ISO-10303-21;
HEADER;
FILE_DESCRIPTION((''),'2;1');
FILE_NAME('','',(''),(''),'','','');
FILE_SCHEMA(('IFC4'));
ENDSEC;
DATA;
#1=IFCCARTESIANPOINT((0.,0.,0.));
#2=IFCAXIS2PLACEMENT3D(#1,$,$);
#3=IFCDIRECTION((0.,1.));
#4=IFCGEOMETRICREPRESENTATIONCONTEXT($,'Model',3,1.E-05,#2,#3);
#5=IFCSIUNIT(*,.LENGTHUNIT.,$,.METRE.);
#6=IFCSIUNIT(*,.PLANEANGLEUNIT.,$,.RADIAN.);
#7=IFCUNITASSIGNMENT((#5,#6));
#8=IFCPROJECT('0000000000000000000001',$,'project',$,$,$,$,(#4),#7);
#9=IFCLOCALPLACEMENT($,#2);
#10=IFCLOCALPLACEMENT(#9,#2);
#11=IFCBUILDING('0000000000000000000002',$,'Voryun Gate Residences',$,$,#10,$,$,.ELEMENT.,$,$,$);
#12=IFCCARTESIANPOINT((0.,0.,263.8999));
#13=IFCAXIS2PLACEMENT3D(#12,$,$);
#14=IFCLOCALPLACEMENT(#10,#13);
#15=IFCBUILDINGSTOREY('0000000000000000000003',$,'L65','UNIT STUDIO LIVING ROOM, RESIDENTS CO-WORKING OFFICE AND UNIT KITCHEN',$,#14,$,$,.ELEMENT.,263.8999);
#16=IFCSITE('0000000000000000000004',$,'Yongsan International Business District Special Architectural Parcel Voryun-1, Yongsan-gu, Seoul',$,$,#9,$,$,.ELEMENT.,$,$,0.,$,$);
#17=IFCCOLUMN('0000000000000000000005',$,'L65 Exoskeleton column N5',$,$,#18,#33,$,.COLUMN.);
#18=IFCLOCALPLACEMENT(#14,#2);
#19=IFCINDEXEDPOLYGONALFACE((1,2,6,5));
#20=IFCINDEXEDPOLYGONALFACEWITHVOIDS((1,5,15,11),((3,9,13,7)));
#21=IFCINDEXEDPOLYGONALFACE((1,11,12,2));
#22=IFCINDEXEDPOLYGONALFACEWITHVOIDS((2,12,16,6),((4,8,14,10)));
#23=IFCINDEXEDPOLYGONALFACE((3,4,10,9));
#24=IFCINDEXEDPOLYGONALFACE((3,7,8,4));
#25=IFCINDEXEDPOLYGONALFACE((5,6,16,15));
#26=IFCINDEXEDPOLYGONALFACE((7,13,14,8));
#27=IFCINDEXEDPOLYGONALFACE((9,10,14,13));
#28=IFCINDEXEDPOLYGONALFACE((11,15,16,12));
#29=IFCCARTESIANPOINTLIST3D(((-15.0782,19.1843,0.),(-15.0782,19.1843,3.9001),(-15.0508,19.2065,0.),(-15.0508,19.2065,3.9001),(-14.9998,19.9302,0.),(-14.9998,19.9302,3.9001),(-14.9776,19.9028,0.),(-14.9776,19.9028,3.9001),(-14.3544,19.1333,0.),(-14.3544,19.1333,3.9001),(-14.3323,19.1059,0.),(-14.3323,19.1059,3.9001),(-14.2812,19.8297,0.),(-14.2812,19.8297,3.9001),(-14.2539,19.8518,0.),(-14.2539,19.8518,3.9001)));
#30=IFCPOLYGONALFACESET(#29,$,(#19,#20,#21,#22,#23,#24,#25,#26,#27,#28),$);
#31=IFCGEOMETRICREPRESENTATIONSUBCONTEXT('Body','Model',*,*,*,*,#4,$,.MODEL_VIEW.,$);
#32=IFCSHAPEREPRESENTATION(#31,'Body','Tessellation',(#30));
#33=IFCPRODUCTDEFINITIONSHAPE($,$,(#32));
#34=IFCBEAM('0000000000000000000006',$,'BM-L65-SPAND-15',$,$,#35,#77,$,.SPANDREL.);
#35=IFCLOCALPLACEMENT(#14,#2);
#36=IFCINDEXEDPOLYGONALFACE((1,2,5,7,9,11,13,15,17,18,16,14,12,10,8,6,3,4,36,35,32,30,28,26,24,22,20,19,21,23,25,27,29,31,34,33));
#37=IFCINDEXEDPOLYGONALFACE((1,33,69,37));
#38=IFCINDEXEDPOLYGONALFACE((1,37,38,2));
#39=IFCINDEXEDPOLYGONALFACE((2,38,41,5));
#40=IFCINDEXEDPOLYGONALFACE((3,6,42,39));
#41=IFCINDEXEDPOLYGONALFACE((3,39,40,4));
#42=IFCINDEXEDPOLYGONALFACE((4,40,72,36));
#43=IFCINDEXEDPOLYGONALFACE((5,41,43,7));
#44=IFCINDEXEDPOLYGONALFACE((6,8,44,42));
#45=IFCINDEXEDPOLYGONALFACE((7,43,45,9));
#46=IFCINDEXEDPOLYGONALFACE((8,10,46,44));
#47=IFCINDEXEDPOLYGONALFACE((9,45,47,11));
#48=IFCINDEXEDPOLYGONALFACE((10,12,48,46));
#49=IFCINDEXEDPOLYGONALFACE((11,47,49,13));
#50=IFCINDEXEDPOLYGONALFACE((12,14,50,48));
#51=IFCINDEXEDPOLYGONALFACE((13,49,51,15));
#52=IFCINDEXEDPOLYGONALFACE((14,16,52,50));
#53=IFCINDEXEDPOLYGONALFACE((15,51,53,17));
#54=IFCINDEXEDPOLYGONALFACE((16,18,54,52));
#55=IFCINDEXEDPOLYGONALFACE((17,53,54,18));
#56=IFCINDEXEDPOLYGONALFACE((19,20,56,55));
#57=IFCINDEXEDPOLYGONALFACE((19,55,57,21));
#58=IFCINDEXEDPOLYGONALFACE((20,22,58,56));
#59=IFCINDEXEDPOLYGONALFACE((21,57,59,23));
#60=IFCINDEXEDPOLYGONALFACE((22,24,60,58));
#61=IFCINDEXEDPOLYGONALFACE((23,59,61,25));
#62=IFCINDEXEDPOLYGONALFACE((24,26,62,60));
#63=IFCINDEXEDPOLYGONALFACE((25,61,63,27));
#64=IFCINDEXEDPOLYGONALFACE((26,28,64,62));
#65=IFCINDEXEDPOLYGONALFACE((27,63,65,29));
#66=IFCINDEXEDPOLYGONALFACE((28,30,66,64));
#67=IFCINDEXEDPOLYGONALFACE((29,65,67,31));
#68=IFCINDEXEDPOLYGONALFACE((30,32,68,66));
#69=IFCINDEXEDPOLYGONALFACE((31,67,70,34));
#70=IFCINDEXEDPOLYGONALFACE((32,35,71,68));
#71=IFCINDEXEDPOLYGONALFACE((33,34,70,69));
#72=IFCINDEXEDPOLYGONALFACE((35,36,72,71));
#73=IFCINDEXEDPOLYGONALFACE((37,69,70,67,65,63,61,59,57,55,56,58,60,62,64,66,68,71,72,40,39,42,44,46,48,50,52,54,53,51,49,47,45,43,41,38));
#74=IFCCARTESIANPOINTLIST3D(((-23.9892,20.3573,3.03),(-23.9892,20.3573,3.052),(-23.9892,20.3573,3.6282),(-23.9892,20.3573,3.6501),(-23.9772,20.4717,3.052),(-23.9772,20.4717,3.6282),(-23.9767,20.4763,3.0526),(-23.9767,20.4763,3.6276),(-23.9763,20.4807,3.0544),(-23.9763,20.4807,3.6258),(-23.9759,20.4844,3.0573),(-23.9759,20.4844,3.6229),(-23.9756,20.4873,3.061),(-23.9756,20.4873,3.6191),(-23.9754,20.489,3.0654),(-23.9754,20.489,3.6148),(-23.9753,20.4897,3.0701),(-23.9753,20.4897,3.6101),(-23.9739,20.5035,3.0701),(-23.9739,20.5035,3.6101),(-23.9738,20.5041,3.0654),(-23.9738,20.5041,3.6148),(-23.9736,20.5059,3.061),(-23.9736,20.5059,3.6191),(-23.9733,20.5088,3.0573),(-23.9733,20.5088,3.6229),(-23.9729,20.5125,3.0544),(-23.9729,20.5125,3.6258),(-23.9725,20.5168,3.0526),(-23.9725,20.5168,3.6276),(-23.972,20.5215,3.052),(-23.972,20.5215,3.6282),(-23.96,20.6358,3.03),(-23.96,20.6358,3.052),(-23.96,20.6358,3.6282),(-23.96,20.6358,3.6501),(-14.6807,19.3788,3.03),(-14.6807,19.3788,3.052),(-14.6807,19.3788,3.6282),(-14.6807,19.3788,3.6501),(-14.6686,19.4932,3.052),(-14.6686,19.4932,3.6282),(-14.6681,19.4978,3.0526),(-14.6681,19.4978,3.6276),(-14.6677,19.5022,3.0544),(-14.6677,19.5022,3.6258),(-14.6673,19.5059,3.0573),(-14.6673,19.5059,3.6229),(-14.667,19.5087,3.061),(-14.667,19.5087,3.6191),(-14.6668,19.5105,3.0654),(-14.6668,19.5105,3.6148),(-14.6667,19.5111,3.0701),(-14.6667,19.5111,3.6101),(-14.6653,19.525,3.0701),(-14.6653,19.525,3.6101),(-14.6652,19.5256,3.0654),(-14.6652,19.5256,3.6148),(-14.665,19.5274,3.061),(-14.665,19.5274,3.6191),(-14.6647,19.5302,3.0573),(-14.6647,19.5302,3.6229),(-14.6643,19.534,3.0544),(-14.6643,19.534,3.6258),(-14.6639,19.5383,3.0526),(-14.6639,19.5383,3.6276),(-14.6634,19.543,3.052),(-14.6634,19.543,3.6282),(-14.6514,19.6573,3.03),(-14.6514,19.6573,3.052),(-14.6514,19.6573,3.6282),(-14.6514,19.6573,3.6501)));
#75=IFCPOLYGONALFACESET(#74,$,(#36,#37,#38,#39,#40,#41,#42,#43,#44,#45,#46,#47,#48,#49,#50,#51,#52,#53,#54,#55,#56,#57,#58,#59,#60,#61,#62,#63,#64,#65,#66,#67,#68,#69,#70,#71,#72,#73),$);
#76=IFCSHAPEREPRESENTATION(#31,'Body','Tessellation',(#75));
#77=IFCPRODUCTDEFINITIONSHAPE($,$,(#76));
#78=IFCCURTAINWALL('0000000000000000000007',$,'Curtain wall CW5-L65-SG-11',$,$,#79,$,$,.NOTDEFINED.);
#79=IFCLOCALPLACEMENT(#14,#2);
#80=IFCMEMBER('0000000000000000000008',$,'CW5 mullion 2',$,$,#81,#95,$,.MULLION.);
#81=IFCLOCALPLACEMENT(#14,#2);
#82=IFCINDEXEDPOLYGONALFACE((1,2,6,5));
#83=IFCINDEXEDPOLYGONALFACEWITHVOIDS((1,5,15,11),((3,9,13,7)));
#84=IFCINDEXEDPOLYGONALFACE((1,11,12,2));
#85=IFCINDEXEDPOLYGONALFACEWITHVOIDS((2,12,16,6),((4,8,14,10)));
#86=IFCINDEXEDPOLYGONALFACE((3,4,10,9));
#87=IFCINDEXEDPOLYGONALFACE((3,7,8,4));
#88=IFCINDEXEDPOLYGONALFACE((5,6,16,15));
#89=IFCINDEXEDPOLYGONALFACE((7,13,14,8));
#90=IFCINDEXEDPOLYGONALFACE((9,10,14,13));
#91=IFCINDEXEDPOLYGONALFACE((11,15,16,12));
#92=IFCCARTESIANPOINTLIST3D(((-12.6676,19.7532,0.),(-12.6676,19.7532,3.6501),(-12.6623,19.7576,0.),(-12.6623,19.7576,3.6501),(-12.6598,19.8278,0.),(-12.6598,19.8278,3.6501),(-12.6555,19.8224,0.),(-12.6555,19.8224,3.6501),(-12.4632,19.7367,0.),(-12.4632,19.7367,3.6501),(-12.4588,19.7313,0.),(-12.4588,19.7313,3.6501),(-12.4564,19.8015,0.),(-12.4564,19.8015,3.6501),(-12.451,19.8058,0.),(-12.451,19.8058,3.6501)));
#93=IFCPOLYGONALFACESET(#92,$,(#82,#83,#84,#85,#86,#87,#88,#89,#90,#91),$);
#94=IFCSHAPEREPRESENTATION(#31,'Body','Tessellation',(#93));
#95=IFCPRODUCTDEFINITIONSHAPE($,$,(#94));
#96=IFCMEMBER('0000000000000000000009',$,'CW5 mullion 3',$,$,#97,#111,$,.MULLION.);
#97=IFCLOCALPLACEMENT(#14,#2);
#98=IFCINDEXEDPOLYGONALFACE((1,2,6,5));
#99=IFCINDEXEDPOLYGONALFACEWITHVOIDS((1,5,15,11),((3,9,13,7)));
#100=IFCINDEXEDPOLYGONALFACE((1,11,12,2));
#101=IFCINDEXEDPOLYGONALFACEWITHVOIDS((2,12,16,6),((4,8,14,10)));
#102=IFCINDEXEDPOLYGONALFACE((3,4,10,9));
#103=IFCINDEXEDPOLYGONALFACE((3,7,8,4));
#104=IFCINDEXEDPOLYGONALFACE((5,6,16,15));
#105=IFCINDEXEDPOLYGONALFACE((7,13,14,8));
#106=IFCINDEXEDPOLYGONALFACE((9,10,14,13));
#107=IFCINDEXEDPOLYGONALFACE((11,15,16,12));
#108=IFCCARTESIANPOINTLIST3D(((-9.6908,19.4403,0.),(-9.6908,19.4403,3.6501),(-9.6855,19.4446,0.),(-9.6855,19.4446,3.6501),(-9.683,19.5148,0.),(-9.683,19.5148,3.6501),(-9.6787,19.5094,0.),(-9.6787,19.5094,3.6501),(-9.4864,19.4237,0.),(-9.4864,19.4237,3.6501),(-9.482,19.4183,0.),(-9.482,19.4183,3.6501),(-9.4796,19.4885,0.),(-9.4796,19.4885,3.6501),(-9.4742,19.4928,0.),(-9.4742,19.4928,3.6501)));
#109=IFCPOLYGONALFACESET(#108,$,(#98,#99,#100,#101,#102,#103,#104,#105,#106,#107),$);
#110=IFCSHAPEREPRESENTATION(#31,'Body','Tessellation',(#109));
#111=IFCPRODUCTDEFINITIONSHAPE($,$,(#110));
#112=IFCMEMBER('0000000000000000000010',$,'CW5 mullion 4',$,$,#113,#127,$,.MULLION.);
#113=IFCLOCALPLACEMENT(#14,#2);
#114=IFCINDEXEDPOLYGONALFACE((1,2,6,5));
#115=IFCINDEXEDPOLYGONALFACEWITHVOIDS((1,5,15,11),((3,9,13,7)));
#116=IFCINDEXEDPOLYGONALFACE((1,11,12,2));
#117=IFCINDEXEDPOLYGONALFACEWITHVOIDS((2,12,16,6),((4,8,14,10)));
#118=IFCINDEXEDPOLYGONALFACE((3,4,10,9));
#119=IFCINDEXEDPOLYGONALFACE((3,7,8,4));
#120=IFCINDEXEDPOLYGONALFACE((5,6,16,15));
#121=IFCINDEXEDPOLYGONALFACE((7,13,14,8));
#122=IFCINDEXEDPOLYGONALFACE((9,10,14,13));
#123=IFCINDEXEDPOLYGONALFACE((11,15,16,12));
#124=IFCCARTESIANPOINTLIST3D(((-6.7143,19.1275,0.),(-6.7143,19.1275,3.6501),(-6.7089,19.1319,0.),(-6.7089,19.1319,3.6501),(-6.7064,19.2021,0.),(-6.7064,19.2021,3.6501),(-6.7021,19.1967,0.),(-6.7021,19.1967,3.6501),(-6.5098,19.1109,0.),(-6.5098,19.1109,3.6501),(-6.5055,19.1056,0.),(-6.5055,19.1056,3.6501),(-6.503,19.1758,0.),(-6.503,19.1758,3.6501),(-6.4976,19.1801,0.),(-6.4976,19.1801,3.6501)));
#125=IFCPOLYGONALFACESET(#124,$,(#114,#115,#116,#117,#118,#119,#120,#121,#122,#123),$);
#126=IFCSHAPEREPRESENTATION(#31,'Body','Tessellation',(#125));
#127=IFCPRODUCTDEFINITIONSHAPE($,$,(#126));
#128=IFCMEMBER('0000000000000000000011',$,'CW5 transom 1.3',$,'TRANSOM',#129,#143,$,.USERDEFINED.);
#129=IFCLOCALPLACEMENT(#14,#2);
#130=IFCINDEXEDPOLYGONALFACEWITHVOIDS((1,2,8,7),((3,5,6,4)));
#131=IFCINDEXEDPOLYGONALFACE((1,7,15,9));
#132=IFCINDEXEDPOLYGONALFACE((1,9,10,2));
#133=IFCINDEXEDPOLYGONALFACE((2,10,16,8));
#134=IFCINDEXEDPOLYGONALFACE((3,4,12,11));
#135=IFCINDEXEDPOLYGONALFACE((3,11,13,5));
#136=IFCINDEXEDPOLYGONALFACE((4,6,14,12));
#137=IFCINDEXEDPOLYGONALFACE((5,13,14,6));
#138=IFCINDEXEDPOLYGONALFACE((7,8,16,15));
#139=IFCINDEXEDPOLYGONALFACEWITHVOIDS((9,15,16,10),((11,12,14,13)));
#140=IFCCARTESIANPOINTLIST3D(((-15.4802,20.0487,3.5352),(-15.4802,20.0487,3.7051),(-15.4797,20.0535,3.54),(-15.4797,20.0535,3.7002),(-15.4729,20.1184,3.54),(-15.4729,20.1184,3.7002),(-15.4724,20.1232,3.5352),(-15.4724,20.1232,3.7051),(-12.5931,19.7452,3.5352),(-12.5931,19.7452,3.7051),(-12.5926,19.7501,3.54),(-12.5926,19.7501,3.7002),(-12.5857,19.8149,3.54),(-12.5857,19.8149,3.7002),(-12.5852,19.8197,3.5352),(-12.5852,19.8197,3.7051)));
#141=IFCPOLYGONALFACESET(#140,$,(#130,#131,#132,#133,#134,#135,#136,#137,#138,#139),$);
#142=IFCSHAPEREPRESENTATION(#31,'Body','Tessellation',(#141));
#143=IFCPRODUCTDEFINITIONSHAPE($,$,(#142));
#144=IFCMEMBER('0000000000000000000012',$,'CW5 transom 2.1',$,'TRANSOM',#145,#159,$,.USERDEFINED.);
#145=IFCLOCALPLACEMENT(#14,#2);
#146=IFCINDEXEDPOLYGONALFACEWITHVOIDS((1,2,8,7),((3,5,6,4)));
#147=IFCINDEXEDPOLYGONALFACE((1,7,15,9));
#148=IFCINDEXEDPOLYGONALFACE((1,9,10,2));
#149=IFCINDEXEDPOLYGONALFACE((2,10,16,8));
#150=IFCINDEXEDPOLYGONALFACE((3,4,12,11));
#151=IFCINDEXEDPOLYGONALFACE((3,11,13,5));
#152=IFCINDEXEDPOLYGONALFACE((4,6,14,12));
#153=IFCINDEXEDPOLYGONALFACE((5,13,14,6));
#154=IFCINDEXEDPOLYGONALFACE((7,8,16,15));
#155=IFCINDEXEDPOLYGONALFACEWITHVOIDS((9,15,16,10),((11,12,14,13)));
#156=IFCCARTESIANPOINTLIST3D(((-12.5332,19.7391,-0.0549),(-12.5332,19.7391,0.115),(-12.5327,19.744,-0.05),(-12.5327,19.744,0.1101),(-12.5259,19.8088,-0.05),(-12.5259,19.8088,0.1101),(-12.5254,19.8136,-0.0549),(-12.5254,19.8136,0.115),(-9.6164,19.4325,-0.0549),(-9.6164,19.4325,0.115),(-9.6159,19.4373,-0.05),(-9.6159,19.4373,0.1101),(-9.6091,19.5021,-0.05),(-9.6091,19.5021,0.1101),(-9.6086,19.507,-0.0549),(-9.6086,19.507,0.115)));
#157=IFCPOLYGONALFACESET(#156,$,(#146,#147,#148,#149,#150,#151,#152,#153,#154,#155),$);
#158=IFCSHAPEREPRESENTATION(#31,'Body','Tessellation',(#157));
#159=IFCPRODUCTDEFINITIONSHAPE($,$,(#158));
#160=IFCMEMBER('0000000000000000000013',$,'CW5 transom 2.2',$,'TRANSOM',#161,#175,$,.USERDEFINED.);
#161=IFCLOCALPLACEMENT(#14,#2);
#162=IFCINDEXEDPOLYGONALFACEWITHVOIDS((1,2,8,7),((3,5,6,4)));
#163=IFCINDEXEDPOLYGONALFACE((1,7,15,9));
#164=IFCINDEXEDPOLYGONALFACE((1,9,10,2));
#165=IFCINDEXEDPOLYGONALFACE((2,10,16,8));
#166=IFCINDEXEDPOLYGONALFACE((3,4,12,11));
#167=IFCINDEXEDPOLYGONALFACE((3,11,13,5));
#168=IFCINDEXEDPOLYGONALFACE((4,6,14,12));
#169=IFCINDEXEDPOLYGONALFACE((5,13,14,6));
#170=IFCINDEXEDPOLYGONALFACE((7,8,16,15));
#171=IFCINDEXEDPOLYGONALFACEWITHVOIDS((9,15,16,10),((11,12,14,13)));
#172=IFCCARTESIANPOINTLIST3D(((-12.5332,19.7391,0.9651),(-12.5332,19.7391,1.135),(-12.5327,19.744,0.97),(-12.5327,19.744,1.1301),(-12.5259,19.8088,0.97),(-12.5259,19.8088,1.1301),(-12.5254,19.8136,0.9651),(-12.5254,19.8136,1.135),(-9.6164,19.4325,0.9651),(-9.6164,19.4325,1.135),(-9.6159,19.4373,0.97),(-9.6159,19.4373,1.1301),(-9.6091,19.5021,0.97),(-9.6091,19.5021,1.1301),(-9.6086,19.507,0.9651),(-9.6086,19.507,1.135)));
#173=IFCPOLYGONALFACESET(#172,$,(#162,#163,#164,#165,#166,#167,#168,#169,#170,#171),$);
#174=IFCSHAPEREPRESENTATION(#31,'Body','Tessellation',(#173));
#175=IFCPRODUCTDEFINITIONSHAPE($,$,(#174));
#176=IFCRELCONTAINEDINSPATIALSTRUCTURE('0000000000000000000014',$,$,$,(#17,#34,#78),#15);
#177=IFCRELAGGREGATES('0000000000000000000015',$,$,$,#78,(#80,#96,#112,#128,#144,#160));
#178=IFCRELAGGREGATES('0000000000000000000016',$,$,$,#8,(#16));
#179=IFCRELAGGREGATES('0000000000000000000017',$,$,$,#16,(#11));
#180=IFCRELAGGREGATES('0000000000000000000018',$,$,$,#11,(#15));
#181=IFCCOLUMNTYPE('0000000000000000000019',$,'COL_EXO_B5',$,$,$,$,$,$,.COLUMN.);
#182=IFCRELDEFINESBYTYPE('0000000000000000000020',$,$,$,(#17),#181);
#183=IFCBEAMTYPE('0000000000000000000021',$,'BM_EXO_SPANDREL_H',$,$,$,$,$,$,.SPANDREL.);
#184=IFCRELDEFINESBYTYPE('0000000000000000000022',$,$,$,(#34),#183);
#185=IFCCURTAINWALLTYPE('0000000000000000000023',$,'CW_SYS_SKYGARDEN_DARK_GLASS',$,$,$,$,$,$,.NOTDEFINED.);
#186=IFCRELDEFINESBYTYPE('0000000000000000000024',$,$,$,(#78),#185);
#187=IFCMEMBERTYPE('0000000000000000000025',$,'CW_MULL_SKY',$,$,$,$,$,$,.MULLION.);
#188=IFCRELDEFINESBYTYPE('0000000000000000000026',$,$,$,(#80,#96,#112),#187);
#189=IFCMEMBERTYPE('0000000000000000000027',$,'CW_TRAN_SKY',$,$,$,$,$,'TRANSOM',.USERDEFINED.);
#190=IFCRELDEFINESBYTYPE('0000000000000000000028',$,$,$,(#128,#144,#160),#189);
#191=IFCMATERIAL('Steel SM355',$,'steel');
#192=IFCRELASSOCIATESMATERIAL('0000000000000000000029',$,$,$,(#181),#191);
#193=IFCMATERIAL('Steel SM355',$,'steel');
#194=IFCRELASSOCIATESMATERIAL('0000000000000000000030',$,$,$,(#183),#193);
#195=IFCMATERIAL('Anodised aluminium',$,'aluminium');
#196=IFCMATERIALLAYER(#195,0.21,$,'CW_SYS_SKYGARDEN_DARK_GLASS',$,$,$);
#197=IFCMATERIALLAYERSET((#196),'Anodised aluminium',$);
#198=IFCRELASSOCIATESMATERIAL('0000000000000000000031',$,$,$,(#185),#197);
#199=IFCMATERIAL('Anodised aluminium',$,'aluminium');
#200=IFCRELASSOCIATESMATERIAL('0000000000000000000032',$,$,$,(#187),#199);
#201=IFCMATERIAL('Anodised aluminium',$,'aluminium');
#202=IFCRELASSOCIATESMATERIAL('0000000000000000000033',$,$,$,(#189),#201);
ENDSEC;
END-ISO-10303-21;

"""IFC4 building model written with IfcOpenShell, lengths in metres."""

from ifc_helpers import new_model, si_unit, direction, frame, origin, origin_2d, place, context, subcontext, project, spatial, hollow_rectangle, i_section, extrude, material, layer, layer_set, material_profile, profile_set, type_object, element, aggregate, save


model = new_model("IFC4")

# Units and contexts
model_context = context("Model", 3, precision=1e-05, world=origin(), true_north=direction((0.0, 1.0)))
body_context = subcontext(model_context, "Body", "Model", "MODEL_VIEW")
ifc_project = project(units=[si_unit("LENGTHUNIT", "METRE"), si_unit("PLANEANGLEUNIT", "RADIAN")], contexts=[model_context])

# Site, building, storey
site_placement = place(None, origin())
site = spatial("IfcSite", under=ifc_project, at=site_placement, Name="Yongsan International Business District Special Architectural Parcel Voryun-1, Yongsan-gu, Seoul", CompositionType="ELEMENT", RefElevation=0.0)
building_placement = place(site_placement, origin())
building = spatial("IfcBuilding", under=site, at=building_placement, Name="Voryun Gate Residences", CompositionType="ELEMENT")
storey_placement = place(building_placement, frame((0.0, 0.0, 263.8999)))
storey = spatial("IfcBuildingStorey", under=building, at=storey_placement, Name="L65", Description="UNIT STUDIO LIVING ROOM, RESIDENTS CO-WORKING OFFICE AND UNIT KITCHEN", CompositionType="ELEMENT", Elevation=263.8999)

# Column
ifc_material_1 = material(Name="Steel SM355", Category="steel")
ifc_material_profile_1 = material_profile(ifc_material_1, hollow_rectangle(XDim=0.75, YDim=0.75, WallThickness=0.0249, at=origin_2d()), Name="BOX-750x750x25")
ifc_profile_set_1 = profile_set([ifc_material_profile_1], Name="Steel SM355")
column_type = type_object("IfcColumnType", Name="COL_EXO_B5", PredefinedType="COLUMN", material=ifc_profile_set_1)
column_placement = place(storey_placement, frame((-14.666, 19.5181, 0.0), z_axis=(0.0, 0.0, 1.0), x_axis=(0.994522, -0.104528, 0.0)))
element("IfcColumn", 1, at=column_placement, inside=storey, type_object=column_type, Name="L65 Exoskeleton column N5", PredefinedType="COLUMN", context=body_context, shape_type="SweptSolid", body=[
    extrude(hollow_rectangle(XDim=0.75, YDim=0.75, WallThickness=0.0249, at=origin_2d()), origin(), (0.0, 0.0, 1.0), 3.9001),
])

# Beam
ifc_material_2 = material(Name="Steel SM355", Category="steel")
ifc_material_profile_2 = material_profile(ifc_material_2, i_section(OverallWidth=0.28, OverallDepth=0.6201, WebThickness=0.0139, FlangeThickness=0.022, FilletRadius=0.0181, at=origin_2d()), Name="H-620x280x14x22")
ifc_profile_set_2 = profile_set([ifc_material_profile_2], Name="Steel SM355")
beam_type = type_object("IfcBeamType", Name="BM_EXO_SPANDREL_H", PredefinedType="SPANDREL", material=ifc_profile_set_2)
beam_placement = place(storey_placement, frame((-14.666, 19.5181, 3.3401), z_axis=(-0.99452, 0.104544, 0.0), x_axis=(-0.104544, -0.99452, 0.0)))
element("IfcBeam", 2, at=beam_placement, inside=storey, type_object=beam_type, Name="BM-L65-SPAND-15", PredefinedType="SPANDREL", context=body_context, shape_type="SweptSolid", body=[
    extrude(i_section(OverallWidth=0.28, OverallDepth=0.6201, WebThickness=0.0139, FlangeThickness=0.022, FilletRadius=0.0181, at=origin_2d()), origin(), (0.0, 0.0, 1.0), 9.3599),
])

# Curtain wall, members
ifc_material_3 = material(Name="Anodised aluminium", Category="aluminium")
ifc_layer_1 = layer(ifc_material_3, 0.21, Name="CW_SYS_SKYGARDEN_DARK_GLASS")
ifc_layer_set_1 = layer_set([ifc_layer_1], Name="Anodised aluminium")
curtain_wall_type = type_object("IfcCurtainWallType", Name="CW_SYS_SKYGARDEN_DARK_GLASS", PredefinedType="NOTDEFINED", material=ifc_layer_set_1)
curtain_wall_placement = place(storey_placement, origin())
curtain_wall = element("IfcCurtainWall", 3, at=curtain_wall_placement, inside=storey, type_object=curtain_wall_type, Name="Curtain wall CW5-L65-SG-11", PredefinedType="NOTDEFINED")
ifc_material_4 = material(Name="Anodised aluminium", Category="aluminium")
ifc_material_profile_3 = material_profile(ifc_material_4, hollow_rectangle(XDim=0.075, YDim=0.21, WallThickness=0.0049, at=origin_2d()), Name="ALU-MULL-210x75x5")
ifc_profile_set_3 = profile_set([ifc_material_profile_3], Name="Anodised aluminium")
member_type_1 = type_object("IfcMemberType", Name="CW_MULL_SKY", PredefinedType="MULLION", material=ifc_profile_set_3)
member_1_placement = place(storey_placement, frame((-12.5593, 19.7795, 0.0), z_axis=(0.0, 0.0, 1.0), x_axis=(0.104532, 0.994521, 0.0)))
member_1 = element("IfcMember", 4, at=member_1_placement, type_object=member_type_1, Name="CW5 mullion 2", PredefinedType="MULLION", context=body_context, shape_type="SweptSolid", body=[
    extrude(hollow_rectangle(XDim=0.075, YDim=0.21, WallThickness=0.0049, at=origin_2d()), origin(), (0.0, 0.0, 1.0), 3.6501),
])
member_2_placement = place(storey_placement, frame((-9.5825, 19.4666, 0.0), z_axis=(0.0, 0.0, 1.0), x_axis=(0.104532, 0.994521, 0.0)))
member_2 = element("IfcMember", 5, at=member_2_placement, type_object=member_type_1, Name="CW5 mullion 3", PredefinedType="MULLION", context=body_context, shape_type="SweptSolid", body=[
    extrude(hollow_rectangle(XDim=0.075, YDim=0.21, WallThickness=0.0049, at=origin_2d()), origin(), (0.0, 0.0, 1.0), 3.6501),
])
member_3_placement = place(storey_placement, frame((-6.606, 19.1538, 0.0), z_axis=(0.0, 0.0, 1.0), x_axis=(0.104532, 0.994521, 0.0)))
member_3 = element("IfcMember", 6, at=member_3_placement, type_object=member_type_1, Name="CW5 mullion 4", PredefinedType="MULLION", context=body_context, shape_type="SweptSolid", body=[
    extrude(hollow_rectangle(XDim=0.075, YDim=0.21, WallThickness=0.0049, at=origin_2d()), origin(), (0.0, 0.0, 1.0), 3.6501),
])
ifc_material_5 = material(Name="Anodised aluminium", Category="aluminium")
ifc_material_profile_4 = material_profile(ifc_material_5, hollow_rectangle(XDim=0.075, YDim=0.1699, WallThickness=0.0049, at=origin_2d()), Name="ALU-TRAN-170x75x5")
ifc_profile_set_4 = profile_set([ifc_material_profile_4], Name="Anodised aluminium")
member_type_2 = type_object("IfcMemberType", Name="CW_TRAN_SKY", ElementType="TRANSOM", PredefinedType="USERDEFINED", material=ifc_profile_set_4)
member_4_placement = place(storey_placement, frame((-15.4763, 20.0859, 3.6201), z_axis=(0.994522, -0.104532, 0.0), x_axis=(0.104532, 0.994522, 0.0)))
member_4 = element("IfcMember", 7, at=member_4_placement, type_object=member_type_2, Name="CW5 transom 1.3", ObjectType="TRANSOM", PredefinedType="USERDEFINED", context=body_context, shape_type="SweptSolid", body=[
    extrude(hollow_rectangle(XDim=0.075, YDim=0.1699, WallThickness=0.0049, at=origin_2d()), origin(), (0.0, 0.0, 1.0), 2.9031),
])
member_5_placement = place(storey_placement, frame((-12.5293, 19.7764, 0.03), z_axis=(0.994519, -0.104555, 0.0), x_axis=(0.104555, 0.994519, 0.0)))
member_5 = element("IfcMember", 8, at=member_5_placement, type_object=member_type_2, Name="CW5 transom 2.1", ObjectType="TRANSOM", PredefinedType="USERDEFINED", context=body_context, shape_type="SweptSolid", body=[
    extrude(hollow_rectangle(XDim=0.075, YDim=0.1699, WallThickness=0.0049, at=origin_2d()), origin(), (0.0, 0.0, 1.0), 2.9329),
])
member_6_placement = place(storey_placement, frame((-12.5293, 19.7764, 1.05), z_axis=(0.994519, -0.104555, 0.0), x_axis=(0.104555, 0.994519, 0.0)))
member_6 = element("IfcMember", 9, at=member_6_placement, type_object=member_type_2, Name="CW5 transom 2.2", ObjectType="TRANSOM", PredefinedType="USERDEFINED", context=body_context, shape_type="SweptSolid", body=[
    extrude(hollow_rectangle(XDim=0.075, YDim=0.1699, WallThickness=0.0049, at=origin_2d()), origin(), (0.0, 0.0, 1.0), 2.9329),
])
aggregate(curtain_wall, [member_1, member_2, member_3, member_4, member_5, member_6])

save(model, "model.ifc")
